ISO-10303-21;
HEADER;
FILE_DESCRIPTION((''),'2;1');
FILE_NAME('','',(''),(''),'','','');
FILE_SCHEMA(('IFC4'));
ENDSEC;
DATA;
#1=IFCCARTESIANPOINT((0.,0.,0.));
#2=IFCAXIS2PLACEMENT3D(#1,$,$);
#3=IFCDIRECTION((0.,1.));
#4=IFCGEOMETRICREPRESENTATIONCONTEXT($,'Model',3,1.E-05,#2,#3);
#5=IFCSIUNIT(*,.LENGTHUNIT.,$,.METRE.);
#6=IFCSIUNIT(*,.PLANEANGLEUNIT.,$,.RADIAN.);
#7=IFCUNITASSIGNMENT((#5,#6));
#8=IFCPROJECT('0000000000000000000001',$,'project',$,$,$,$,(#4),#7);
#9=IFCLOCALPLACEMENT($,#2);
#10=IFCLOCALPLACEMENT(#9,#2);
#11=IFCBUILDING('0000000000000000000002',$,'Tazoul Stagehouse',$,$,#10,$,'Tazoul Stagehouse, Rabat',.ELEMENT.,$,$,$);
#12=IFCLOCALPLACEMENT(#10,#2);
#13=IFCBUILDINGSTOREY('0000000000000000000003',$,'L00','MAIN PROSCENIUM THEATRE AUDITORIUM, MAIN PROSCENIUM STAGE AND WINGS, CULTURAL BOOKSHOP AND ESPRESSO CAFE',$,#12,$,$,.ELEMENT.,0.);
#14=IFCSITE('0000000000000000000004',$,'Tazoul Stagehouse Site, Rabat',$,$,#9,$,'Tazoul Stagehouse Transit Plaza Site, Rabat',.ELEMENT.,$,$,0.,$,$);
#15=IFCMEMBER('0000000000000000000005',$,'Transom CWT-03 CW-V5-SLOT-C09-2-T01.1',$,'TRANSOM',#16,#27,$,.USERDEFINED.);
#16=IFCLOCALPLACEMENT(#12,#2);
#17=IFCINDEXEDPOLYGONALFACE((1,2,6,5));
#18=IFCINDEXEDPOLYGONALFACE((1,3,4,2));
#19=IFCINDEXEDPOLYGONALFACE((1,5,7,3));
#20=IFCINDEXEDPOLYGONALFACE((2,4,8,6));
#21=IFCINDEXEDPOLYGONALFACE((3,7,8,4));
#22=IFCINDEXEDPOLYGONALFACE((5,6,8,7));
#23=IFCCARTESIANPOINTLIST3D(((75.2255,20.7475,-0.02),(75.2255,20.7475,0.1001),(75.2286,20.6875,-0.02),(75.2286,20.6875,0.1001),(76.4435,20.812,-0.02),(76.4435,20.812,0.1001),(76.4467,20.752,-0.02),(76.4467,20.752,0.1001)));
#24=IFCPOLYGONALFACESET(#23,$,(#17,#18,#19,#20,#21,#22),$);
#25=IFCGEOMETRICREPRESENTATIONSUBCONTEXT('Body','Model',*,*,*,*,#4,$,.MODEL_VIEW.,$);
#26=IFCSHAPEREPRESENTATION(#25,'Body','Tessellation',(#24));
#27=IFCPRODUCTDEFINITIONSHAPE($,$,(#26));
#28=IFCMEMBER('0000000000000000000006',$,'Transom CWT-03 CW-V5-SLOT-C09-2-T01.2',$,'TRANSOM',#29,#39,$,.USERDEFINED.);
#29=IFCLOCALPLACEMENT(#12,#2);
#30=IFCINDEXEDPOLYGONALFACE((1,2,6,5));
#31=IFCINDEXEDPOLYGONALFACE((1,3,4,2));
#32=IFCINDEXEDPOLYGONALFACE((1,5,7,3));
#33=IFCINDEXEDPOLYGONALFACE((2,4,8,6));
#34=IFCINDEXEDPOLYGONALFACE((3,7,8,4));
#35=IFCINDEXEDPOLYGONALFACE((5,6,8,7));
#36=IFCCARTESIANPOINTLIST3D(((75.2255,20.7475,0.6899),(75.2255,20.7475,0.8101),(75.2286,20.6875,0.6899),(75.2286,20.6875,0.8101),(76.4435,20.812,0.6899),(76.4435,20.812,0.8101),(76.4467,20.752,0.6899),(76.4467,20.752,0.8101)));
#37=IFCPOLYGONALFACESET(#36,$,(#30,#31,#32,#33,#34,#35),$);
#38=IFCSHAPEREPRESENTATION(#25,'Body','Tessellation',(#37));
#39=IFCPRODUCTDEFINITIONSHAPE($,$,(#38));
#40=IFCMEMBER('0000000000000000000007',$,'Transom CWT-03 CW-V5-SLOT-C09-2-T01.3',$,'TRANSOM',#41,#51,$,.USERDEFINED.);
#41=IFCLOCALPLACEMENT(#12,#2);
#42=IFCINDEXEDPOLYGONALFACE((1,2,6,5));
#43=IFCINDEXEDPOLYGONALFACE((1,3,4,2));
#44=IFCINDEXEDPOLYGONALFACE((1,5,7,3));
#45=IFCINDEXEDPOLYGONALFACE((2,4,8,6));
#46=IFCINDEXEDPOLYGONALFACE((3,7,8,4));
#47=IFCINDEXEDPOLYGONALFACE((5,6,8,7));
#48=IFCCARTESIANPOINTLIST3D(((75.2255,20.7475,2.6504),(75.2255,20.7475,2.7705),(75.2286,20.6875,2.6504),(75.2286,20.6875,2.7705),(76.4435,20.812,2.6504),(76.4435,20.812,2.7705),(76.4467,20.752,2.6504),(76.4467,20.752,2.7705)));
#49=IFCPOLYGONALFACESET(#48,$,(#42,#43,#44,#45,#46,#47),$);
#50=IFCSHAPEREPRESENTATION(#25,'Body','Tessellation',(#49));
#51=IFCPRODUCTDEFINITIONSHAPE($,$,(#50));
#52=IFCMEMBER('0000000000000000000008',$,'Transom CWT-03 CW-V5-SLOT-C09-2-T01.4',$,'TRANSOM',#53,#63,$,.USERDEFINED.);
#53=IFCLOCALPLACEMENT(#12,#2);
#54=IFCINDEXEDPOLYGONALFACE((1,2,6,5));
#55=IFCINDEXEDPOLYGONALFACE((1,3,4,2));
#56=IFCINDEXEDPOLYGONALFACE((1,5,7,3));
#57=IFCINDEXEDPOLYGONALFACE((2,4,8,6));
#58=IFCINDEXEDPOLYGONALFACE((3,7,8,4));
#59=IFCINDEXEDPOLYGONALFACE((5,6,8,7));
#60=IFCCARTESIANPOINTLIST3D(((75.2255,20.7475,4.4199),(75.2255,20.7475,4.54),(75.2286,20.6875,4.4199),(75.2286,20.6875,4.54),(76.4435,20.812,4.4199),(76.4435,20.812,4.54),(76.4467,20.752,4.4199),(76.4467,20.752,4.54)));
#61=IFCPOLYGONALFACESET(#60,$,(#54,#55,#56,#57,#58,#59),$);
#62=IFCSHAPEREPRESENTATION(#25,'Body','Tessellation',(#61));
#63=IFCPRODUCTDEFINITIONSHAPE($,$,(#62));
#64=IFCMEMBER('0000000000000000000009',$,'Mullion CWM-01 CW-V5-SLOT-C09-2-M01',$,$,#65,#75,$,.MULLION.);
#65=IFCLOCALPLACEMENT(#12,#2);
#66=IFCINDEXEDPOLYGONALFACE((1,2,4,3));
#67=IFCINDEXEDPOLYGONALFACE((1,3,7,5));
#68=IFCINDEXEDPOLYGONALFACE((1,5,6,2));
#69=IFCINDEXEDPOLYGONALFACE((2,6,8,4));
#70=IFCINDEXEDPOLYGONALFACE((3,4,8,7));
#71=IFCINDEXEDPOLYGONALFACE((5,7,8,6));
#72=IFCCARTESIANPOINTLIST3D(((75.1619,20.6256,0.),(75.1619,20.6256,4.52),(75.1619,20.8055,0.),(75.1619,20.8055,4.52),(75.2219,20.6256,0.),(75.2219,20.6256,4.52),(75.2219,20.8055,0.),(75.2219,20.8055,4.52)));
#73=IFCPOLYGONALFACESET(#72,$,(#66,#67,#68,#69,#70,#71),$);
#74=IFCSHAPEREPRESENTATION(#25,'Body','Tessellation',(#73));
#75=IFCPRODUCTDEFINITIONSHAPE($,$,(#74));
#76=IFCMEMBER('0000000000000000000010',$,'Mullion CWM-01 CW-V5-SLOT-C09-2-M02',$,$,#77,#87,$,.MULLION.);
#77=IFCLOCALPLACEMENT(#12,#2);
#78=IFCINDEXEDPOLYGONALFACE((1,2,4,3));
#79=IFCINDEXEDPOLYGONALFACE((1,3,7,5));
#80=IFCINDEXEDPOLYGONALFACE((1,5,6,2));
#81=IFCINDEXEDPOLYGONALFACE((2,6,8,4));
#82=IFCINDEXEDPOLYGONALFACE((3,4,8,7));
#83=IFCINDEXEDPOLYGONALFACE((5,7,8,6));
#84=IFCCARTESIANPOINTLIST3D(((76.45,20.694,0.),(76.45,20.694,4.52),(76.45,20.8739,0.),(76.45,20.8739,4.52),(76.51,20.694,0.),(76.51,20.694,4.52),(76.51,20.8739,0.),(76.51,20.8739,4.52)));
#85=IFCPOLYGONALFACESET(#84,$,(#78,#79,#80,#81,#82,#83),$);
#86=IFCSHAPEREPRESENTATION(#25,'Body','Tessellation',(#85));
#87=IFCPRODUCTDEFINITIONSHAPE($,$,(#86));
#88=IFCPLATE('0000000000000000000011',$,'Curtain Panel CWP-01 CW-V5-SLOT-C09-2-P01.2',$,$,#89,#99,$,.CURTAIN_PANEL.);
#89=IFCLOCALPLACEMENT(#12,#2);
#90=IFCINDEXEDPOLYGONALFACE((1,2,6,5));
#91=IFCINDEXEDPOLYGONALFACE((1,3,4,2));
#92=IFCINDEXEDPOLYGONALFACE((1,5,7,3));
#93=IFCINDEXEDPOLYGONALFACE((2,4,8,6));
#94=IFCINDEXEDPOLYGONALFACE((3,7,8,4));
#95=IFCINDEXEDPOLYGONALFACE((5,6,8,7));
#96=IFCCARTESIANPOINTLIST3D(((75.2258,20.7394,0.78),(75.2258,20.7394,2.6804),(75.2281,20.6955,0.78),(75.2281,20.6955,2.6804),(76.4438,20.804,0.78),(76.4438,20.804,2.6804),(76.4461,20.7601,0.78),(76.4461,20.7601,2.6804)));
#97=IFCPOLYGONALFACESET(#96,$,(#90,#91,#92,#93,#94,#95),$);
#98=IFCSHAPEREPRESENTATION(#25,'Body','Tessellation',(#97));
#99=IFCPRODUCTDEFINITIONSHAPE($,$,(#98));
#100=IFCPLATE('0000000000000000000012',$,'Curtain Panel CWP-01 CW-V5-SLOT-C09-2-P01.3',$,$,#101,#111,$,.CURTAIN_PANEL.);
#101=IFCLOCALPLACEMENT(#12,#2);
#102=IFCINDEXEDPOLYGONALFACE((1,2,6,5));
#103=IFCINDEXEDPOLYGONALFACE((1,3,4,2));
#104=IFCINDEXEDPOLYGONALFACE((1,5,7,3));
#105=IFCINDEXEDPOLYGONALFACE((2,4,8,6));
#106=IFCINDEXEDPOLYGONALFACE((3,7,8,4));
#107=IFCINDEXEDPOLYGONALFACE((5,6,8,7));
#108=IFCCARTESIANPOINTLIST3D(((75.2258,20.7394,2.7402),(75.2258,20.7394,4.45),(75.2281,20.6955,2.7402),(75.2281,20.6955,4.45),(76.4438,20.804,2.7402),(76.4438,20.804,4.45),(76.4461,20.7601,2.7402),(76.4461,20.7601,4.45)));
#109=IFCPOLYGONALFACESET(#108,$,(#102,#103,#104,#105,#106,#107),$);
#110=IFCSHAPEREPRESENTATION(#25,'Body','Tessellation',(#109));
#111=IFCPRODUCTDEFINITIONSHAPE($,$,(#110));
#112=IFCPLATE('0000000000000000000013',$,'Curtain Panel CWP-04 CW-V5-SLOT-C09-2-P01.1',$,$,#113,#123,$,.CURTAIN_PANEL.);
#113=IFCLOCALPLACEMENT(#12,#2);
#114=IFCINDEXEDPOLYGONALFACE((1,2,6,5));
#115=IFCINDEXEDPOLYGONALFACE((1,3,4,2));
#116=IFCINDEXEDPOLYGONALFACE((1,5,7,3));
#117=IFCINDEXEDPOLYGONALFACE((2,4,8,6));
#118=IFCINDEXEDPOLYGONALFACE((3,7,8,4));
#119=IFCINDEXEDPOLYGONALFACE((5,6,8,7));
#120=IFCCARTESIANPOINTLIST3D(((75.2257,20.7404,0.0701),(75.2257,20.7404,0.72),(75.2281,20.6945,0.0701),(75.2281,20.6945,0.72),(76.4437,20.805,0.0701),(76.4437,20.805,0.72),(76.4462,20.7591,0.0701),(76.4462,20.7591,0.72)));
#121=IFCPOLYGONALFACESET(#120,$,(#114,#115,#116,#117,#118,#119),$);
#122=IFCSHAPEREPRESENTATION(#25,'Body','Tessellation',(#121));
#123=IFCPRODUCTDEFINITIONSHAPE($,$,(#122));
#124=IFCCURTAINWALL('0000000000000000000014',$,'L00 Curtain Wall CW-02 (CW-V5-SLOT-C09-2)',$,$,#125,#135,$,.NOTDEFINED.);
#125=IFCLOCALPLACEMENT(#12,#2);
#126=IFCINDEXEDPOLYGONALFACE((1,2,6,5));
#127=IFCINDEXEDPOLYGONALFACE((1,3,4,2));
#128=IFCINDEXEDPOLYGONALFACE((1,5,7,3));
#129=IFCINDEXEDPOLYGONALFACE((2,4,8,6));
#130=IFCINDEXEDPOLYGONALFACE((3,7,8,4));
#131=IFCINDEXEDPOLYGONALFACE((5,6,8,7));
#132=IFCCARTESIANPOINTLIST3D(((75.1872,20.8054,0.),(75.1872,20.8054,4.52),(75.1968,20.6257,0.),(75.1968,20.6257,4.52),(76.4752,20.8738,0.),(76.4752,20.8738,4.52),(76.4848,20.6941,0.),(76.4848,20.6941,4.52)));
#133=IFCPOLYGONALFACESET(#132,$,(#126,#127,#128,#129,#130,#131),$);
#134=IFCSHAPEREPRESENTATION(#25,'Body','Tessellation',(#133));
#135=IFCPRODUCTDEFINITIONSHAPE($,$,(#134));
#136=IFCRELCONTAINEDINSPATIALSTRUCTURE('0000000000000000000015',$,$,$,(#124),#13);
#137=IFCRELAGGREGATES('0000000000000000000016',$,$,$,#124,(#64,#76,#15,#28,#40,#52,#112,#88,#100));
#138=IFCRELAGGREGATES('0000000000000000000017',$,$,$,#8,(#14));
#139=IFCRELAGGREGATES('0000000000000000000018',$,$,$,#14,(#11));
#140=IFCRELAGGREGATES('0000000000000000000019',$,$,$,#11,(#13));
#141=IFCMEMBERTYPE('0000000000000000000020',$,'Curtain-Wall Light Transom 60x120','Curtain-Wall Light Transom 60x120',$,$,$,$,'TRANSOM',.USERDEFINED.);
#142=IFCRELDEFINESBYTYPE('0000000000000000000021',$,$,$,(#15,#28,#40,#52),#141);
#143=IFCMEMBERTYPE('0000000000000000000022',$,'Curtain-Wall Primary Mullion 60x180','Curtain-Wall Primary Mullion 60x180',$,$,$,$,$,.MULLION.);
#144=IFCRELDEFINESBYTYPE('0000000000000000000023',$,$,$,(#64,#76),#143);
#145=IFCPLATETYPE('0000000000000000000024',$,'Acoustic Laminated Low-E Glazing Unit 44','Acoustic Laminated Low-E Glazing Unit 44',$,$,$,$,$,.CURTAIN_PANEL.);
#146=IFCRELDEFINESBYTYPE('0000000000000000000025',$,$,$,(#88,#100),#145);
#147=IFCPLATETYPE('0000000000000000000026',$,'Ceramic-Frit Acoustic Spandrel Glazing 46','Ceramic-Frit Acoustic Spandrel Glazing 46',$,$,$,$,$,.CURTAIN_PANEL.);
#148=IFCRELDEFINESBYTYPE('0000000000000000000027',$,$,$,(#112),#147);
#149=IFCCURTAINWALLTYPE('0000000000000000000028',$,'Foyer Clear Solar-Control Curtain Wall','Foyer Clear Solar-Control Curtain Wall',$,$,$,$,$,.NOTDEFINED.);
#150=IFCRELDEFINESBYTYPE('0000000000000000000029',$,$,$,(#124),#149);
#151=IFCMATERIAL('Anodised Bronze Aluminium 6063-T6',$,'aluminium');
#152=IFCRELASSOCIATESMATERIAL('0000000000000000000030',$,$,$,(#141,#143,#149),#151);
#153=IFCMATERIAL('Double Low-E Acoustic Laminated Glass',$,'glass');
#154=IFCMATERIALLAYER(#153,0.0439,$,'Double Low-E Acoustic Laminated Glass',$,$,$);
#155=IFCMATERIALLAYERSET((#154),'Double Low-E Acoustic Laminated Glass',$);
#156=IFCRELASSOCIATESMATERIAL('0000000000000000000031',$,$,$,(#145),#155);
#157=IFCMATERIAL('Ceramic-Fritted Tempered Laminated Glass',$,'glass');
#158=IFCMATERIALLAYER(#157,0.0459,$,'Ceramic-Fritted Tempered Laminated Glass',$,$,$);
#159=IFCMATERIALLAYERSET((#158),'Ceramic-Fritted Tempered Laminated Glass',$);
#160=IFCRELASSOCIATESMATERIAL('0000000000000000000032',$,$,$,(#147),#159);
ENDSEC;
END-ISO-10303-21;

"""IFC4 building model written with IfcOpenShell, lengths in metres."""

from ifc_helpers import new_model, si_unit, direction, frame, frame_2d, origin, origin_2d, place, context, subcontext, project, spatial, rectangle, extrude, material, layer, layer_set, material_profile, profile_set, type_object, element, aggregate, save


model = new_model("IFC4")

# Units and contexts
model_context = context("Model", 3, precision=1e-05, world=origin(), true_north=direction((0.0, 1.0)))
body_context = subcontext(model_context, "Body", "Model", "MODEL_VIEW")
ifc_project = project(units=[si_unit("LENGTHUNIT", "METRE"), si_unit("PLANEANGLEUNIT", "RADIAN")], contexts=[model_context])

# Site, building, storey
site_placement = place(None, origin())
site = spatial("IfcSite", under=ifc_project, at=site_placement, Name="Tazoul Stagehouse Site, Rabat", LongName="Tazoul Stagehouse Transit Plaza Site, Rabat", CompositionType="ELEMENT", RefElevation=0.0)
building_placement = place(site_placement, origin())
building = spatial("IfcBuilding", under=site, at=building_placement, Name="Tazoul Stagehouse", LongName="Tazoul Stagehouse, Rabat", CompositionType="ELEMENT")
storey_placement = place(building_placement, origin())
storey = spatial("IfcBuildingStorey", under=building, at=storey_placement, Name="L00", Description="MAIN PROSCENIUM THEATRE AUDITORIUM, MAIN PROSCENIUM STAGE AND WINGS, CULTURAL BOOKSHOP AND ESPRESSO CAFE", CompositionType="ELEMENT", Elevation=0.0)

# Members
ifc_material_1 = material(Name="Anodised Bronze Aluminium 6063-T6", Category="aluminium")
ifc_material_profile_1 = material_profile(ifc_material_1, rectangle(XDim=0.0601, YDim=0.1201, at=origin_2d()), Name="ALU TRANSOM 60x120")
ifc_profile_set_1 = profile_set([ifc_material_profile_1], Name="Anodised Bronze Aluminium 6063-T6")
member_type_1 = type_object("IfcMemberType", Name="Curtain-Wall Light Transom 60x120", Description="Curtain-Wall Light Transom 60x120", ElementType="TRANSOM", PredefinedType="USERDEFINED", material=ifc_profile_set_1)
member_1_placement = place(storey_placement, frame((75.2271, 20.7175, 0.04), z_axis=(0.998603, 0.052842, 0.0), x_axis=(-0.052842, 0.998603, 0.0)))
member_1 = element("IfcMember", 1, at=member_1_placement, type_object=member_type_1, Name="Transom CWT-03 CW-V5-SLOT-C09-2-T01.1", ObjectType="TRANSOM", PredefinedType="USERDEFINED", context=body_context, shape_type="SweptSolid", body=[
    extrude(rectangle(XDim=0.0601, YDim=0.1201, at=origin_2d()), origin(), (0.0, 0.0, 1.0), 1.2197),
])
member_2_placement = place(storey_placement, frame((75.2271, 20.7175, 0.75), z_axis=(0.998603, 0.052842, 0.0), x_axis=(-0.052842, 0.998603, 0.0)))
member_2 = element("IfcMember", 2, at=member_2_placement, type_object=member_type_1, Name="Transom CWT-03 CW-V5-SLOT-C09-2-T01.2", ObjectType="TRANSOM", PredefinedType="USERDEFINED", context=body_context, shape_type="SweptSolid", body=[
    extrude(rectangle(XDim=0.0601, YDim=0.1201, at=origin_2d()), origin(), (0.0, 0.0, 1.0), 1.2197),
])
member_3_placement = place(storey_placement, frame((75.2271, 20.7175, 2.7104), z_axis=(0.998603, 0.052842, 0.0), x_axis=(-0.052842, 0.998603, 0.0)))
member_3 = element("IfcMember", 3, at=member_3_placement, type_object=member_type_1, Name="Transom CWT-03 CW-V5-SLOT-C09-2-T01.3", ObjectType="TRANSOM", PredefinedType="USERDEFINED", context=body_context, shape_type="SweptSolid", body=[
    extrude(rectangle(XDim=0.0601, YDim=0.1201, at=origin_2d()), origin(), (0.0, 0.0, 1.0), 1.2197),
])
member_4_placement = place(storey_placement, frame((75.2271, 20.7175, 4.48), z_axis=(0.998603, 0.052842, 0.0), x_axis=(-0.052842, 0.998603, 0.0)))
member_4 = element("IfcMember", 4, at=member_4_placement, type_object=member_type_1, Name="Transom CWT-03 CW-V5-SLOT-C09-2-T01.4", ObjectType="TRANSOM", PredefinedType="USERDEFINED", context=body_context, shape_type="SweptSolid", body=[
    extrude(rectangle(XDim=0.0601, YDim=0.1201, at=origin_2d()), origin(), (0.0, 0.0, 1.0), 1.2197),
])
ifc_material_profile_2 = material_profile(ifc_material_1, rectangle(XDim=0.0601, YDim=0.1799, at=origin_2d()), Name="ALU MULLION 60x180")
ifc_profile_set_2 = profile_set([ifc_material_profile_2], Name="Anodised Bronze Aluminium 6063-T6")
member_type_2 = type_object("IfcMemberType", Name="Curtain-Wall Primary Mullion 60x180", Description="Curtain-Wall Primary Mullion 60x180", PredefinedType="MULLION", material=ifc_profile_set_2)
member_5_placement = place(storey_placement, frame((75.1919, 20.7156, 0.0), z_axis=(0.0, 0.0, 1.0), x_axis=(1.0, 0.0, 0.0)))
member_5 = element("IfcMember", 5, at=member_5_placement, type_object=member_type_2, Name="Mullion CWM-01 CW-V5-SLOT-C09-2-M01", PredefinedType="MULLION", context=body_context, shape_type="SweptSolid", body=[
    extrude(rectangle(XDim=0.0601, YDim=0.1799, at=origin_2d()), origin(), (0.0, 0.0, 1.0), 4.52),
])
member_6_placement = place(storey_placement, frame((76.48, 20.7839, 0.0), z_axis=(0.0, 0.0, 1.0), x_axis=(1.0, 0.0, 0.0)))
member_6 = element("IfcMember", 6, at=member_6_placement, type_object=member_type_2, Name="Mullion CWM-01 CW-V5-SLOT-C09-2-M02", PredefinedType="MULLION", context=body_context, shape_type="SweptSolid", body=[
    extrude(rectangle(XDim=0.0601, YDim=0.1799, at=origin_2d()), origin(), (0.0, 0.0, 1.0), 4.52),
])

# Plates
ifc_material_2 = material(Name="Double Low-E Acoustic Laminated Glass", Category="glass")
ifc_layer_1 = layer(ifc_material_2, 0.0439, Name="Double Low-E Acoustic Laminated Glass")
ifc_layer_set_1 = layer_set([ifc_layer_1], Name="Double Low-E Acoustic Laminated Glass")
plate_type_1 = type_object("IfcPlateType", Name="Acoustic Laminated Low-E Glazing Unit 44", Description="Acoustic Laminated Low-E Glazing Unit 44", PredefinedType="CURTAIN_PANEL", material=ifc_layer_set_1)
plate_1_placement = place(storey_placement, frame((75.8359, 20.7498, 0.78), z_axis=(0.0, 0.0, 1.0), x_axis=(0.998597, 0.052953, 0.0)))
plate_1 = element("IfcPlate", 7, at=plate_1_placement, type_object=plate_type_1, Name="Curtain Panel CWP-01 CW-V5-SLOT-C09-2-P01.2", PredefinedType="CURTAIN_PANEL", context=body_context, shape_type="SweptSolid", body=[
    extrude(rectangle(XDim=1.2197, YDim=0.0439, at=origin_2d()), origin(), (0.0, 0.0, 1.0), 1.9004),
])
plate_2_placement = place(storey_placement, frame((75.8359, 20.7498, 2.7402), z_axis=(0.0, 0.0, 1.0), x_axis=(0.998597, 0.052953, 0.0)))
plate_2 = element("IfcPlate", 8, at=plate_2_placement, type_object=plate_type_1, Name="Curtain Panel CWP-01 CW-V5-SLOT-C09-2-P01.3", PredefinedType="CURTAIN_PANEL", context=body_context, shape_type="SweptSolid", body=[
    extrude(rectangle(XDim=1.2197, YDim=0.0439, at=origin_2d()), origin(), (0.0, 0.0, 1.0), 1.7097),
])
ifc_material_3 = material(Name="Ceramic-Fritted Tempered Laminated Glass", Category="glass")
ifc_layer_2 = layer(ifc_material_3, 0.0459, Name="Ceramic-Fritted Tempered Laminated Glass")
ifc_layer_set_2 = layer_set([ifc_layer_2], Name="Ceramic-Fritted Tempered Laminated Glass")
plate_type_2 = type_object("IfcPlateType", Name="Ceramic-Frit Acoustic Spandrel Glazing 46", Description="Ceramic-Frit Acoustic Spandrel Glazing 46", PredefinedType="CURTAIN_PANEL", material=ifc_layer_set_2)
plate_3_placement = place(storey_placement, frame((75.8359, 20.7498, 0.0701), z_axis=(0.0, 0.0, 1.0), x_axis=(0.998597, 0.052953, 0.0)))
plate_3 = element("IfcPlate", 9, at=plate_3_placement, type_object=plate_type_2, Name="Curtain Panel CWP-04 CW-V5-SLOT-C09-2-P01.1", PredefinedType="CURTAIN_PANEL", context=body_context, shape_type="SweptSolid", body=[
    extrude(rectangle(XDim=1.2197, YDim=0.0459, at=origin_2d()), origin(), (0.0, 0.0, 1.0), 0.6499),
])

# Curtain wall
curtain_wall_type = type_object("IfcCurtainWallType", Name="Foyer Clear Solar-Control Curtain Wall", Description="Foyer Clear Solar-Control Curtain Wall", PredefinedType="NOTDEFINED", material=ifc_material_1)
curtain_wall_1_placement = place(storey_placement, frame((75.1919, 20.7156, 0.0), z_axis=(0.0, 0.0, 1.0), x_axis=(0.998595, 0.052996, 0.0)))
curtain_wall_1 = element("IfcCurtainWall", 10, at=curtain_wall_1_placement, inside=storey, type_object=curtain_wall_type, Name="L00 Curtain Wall CW-02 (CW-V5-SLOT-C09-2)", PredefinedType="NOTDEFINED", context=body_context, shape_type="SweptSolid", body=[
    extrude(rectangle(XDim=1.2898, YDim=0.1799, at=frame_2d((0.645, 0.0))), origin(), (0.0, 0.0, 1.0), 4.52),
])
aggregate(curtain_wall_1, [member_5, member_6, member_1, member_2, member_3, member_4, plate_3, plate_1, plate_2])

save(model, "model.ifc")
